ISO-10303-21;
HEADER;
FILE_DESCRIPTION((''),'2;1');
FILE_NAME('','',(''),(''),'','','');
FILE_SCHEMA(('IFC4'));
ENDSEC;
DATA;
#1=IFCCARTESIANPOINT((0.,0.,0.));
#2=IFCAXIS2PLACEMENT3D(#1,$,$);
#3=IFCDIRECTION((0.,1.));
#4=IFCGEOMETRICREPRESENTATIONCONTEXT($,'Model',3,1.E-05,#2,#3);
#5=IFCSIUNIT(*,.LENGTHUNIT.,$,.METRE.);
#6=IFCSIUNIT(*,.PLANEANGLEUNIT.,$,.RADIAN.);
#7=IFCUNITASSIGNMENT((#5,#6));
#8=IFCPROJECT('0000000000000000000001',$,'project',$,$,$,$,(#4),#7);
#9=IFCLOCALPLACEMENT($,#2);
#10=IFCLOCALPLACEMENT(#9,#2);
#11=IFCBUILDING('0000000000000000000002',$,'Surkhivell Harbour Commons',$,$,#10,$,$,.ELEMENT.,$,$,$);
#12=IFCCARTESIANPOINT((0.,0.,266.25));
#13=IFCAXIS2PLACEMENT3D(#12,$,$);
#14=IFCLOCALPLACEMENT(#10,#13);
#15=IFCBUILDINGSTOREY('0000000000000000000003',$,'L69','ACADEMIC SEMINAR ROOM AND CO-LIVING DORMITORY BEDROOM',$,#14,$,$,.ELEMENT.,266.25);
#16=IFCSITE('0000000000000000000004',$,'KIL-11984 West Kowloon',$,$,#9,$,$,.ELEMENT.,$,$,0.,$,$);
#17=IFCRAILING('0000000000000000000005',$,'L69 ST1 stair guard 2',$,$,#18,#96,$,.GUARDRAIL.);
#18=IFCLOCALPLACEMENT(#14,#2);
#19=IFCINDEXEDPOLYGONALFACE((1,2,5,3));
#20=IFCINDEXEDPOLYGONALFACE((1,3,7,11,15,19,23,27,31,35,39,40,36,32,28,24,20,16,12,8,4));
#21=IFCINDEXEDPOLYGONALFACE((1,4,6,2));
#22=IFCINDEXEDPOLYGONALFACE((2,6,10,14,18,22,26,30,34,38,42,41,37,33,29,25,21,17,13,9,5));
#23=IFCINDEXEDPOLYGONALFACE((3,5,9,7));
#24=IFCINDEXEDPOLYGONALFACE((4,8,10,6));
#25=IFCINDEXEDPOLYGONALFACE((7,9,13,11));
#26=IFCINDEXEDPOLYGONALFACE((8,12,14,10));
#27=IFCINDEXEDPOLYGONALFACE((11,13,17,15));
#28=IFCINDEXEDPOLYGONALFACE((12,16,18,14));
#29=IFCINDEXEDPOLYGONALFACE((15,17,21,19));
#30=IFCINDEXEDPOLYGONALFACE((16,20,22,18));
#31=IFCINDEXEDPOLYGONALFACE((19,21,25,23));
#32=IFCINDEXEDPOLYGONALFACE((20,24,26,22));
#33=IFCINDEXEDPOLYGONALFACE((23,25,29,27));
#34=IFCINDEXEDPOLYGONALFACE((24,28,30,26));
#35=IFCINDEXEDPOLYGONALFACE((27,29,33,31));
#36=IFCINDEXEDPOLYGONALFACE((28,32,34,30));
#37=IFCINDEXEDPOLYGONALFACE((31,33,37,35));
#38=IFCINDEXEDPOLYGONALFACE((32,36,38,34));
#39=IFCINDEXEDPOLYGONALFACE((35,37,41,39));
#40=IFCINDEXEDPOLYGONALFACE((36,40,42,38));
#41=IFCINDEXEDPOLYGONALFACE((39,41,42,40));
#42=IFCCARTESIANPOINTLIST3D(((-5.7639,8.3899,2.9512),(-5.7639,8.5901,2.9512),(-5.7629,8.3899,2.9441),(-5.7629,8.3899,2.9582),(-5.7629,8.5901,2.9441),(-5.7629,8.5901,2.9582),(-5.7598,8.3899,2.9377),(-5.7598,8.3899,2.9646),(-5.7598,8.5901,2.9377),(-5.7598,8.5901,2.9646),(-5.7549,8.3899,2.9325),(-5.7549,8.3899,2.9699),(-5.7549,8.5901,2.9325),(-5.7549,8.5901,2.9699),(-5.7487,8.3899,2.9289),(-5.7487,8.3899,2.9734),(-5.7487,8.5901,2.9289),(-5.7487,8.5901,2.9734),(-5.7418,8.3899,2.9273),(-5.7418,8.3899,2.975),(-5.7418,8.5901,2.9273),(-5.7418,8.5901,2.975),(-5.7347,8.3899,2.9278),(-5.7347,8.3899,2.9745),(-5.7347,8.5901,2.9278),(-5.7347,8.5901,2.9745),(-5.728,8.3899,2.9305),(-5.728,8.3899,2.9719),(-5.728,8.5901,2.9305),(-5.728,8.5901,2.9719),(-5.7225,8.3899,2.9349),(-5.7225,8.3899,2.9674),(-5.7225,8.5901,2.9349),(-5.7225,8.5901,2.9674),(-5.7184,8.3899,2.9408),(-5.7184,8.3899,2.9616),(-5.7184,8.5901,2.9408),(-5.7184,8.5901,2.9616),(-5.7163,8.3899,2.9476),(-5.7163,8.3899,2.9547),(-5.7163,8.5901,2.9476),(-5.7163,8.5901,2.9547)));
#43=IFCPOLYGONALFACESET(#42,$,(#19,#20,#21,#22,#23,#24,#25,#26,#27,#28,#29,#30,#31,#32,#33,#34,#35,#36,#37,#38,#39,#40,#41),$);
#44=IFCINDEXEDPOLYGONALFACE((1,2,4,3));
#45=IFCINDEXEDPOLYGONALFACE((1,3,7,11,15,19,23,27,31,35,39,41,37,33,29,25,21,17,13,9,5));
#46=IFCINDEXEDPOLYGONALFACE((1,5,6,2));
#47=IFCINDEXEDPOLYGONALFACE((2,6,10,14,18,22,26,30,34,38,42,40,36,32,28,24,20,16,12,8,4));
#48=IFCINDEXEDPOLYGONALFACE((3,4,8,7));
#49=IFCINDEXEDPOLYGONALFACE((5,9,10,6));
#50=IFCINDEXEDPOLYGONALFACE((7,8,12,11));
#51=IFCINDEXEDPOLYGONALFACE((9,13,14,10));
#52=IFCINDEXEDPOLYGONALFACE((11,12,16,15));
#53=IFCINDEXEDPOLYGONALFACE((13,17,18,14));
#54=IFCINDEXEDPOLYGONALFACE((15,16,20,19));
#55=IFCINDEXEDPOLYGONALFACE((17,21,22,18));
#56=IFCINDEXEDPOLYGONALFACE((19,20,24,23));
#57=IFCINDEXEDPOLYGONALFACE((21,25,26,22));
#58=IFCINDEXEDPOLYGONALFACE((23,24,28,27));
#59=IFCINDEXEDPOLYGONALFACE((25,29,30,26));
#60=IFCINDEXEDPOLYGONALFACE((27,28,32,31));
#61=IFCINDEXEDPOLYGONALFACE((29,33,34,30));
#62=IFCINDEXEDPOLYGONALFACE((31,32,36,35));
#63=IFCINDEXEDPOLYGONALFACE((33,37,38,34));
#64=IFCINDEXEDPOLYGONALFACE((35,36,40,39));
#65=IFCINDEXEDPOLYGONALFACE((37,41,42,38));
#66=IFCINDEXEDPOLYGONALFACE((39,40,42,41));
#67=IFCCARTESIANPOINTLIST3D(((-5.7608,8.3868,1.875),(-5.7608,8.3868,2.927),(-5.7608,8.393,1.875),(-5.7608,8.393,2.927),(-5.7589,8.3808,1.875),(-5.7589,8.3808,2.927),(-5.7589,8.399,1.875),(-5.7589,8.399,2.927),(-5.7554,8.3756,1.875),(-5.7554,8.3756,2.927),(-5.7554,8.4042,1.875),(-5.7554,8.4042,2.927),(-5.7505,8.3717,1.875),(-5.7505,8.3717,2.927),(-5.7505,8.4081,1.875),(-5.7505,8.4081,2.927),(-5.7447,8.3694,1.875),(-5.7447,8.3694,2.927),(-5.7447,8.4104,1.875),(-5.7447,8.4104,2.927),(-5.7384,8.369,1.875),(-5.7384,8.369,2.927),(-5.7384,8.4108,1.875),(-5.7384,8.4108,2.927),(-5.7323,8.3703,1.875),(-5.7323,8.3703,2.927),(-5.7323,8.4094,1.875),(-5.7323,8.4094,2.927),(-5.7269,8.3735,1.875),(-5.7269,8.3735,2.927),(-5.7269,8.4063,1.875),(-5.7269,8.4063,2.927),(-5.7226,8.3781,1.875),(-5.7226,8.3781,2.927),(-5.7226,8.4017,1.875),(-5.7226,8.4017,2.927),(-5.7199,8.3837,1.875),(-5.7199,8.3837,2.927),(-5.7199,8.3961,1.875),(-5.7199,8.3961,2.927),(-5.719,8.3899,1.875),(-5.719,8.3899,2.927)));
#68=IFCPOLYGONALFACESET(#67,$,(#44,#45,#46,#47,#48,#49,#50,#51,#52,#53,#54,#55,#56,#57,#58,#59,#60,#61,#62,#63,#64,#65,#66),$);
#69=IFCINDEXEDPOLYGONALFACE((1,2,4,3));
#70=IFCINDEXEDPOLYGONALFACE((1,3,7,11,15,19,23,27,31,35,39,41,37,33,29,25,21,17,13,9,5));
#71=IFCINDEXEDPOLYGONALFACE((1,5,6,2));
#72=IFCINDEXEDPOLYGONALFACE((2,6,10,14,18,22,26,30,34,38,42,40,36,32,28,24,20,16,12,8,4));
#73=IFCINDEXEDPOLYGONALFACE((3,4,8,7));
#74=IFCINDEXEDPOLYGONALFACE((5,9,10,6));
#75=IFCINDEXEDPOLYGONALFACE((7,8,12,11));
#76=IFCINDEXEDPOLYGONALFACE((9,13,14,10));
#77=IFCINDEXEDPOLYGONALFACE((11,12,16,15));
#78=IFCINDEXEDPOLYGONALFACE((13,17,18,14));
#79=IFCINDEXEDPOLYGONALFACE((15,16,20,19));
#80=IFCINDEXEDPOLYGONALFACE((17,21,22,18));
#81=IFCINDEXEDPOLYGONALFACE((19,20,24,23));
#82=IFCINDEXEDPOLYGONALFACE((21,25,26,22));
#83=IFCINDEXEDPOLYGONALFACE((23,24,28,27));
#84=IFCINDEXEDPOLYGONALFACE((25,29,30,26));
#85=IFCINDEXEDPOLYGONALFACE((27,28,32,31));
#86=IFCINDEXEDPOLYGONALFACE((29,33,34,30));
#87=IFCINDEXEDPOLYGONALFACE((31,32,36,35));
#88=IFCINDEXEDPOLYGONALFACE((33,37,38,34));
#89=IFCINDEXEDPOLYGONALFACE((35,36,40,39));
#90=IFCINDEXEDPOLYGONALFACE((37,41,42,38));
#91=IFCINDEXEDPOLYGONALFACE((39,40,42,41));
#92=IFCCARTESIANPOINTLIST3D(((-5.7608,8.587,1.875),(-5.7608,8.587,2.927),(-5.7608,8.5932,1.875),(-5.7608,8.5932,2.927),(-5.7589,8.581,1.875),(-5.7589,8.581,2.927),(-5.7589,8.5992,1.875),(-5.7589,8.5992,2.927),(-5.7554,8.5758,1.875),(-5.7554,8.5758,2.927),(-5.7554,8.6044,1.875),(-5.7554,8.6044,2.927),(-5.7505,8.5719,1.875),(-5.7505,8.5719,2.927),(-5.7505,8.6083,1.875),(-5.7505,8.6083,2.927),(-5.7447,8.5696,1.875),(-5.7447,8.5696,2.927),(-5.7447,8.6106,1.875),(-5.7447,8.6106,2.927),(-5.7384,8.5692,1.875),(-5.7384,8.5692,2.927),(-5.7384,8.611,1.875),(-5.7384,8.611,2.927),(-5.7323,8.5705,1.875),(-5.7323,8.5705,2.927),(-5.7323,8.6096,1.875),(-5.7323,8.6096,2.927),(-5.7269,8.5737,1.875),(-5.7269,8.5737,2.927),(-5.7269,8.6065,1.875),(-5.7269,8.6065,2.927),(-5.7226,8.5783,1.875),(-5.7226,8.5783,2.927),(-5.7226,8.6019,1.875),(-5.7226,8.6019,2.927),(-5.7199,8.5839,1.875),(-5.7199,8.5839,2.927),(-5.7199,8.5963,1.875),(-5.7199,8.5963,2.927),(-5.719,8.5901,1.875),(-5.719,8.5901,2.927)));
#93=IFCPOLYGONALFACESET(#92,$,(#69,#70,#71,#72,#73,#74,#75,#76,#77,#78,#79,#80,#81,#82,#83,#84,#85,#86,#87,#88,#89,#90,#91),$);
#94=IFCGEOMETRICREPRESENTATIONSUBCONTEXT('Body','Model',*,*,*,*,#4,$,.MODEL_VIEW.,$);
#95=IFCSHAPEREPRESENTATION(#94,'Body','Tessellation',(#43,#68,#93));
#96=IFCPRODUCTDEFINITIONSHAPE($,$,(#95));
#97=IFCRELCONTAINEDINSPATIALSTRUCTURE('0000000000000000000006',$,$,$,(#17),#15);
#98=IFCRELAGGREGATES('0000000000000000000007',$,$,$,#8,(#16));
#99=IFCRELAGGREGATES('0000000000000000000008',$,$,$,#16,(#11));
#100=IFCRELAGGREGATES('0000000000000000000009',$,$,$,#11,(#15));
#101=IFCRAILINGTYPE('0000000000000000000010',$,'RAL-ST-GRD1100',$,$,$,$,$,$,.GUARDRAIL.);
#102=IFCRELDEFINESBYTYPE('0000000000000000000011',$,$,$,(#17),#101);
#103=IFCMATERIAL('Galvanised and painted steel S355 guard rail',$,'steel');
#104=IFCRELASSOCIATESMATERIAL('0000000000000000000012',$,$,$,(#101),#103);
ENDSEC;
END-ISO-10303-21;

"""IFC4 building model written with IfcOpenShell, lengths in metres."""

from ifc_helpers import new_model, si_unit, direction, frame, origin, origin_2d, place, context, subcontext, project, spatial, circle, extrude, material, type_object, element, save


model = new_model("IFC4")

# Units and contexts
model_context = context("Model", 3, precision=1e-05, world=origin(), true_north=direction((0.0, 1.0)))
body_context = subcontext(model_context, "Body", "Model", "MODEL_VIEW")
ifc_project = project(units=[si_unit("LENGTHUNIT", "METRE"), si_unit("PLANEANGLEUNIT", "RADIAN")], contexts=[model_context])

# Site, building, storey
site_placement = place(None, origin())
site = spatial("IfcSite", under=ifc_project, at=site_placement, Name="KIL-11984 West Kowloon", CompositionType="ELEMENT", RefElevation=0.0)
building_placement = place(site_placement, origin())
building = spatial("IfcBuilding", under=site, at=building_placement, Name="Surkhivell Harbour Commons", CompositionType="ELEMENT")
storey_placement = place(building_placement, frame((0.0, 0.0, 266.25)))
storey = spatial("IfcBuildingStorey", under=building, at=storey_placement, Name="L69", Description="ACADEMIC SEMINAR ROOM AND CO-LIVING DORMITORY BEDROOM", CompositionType="ELEMENT", Elevation=266.25)

# Railing
ifc_material_1 = material(Name="Galvanised and painted steel S355 guard rail", Category="steel")
railing_type_1 = type_object("IfcRailingType", Name="RAL-ST-GRD1100", PredefinedType="GUARDRAIL", material=ifc_material_1)
railing_1_placement = place(storey_placement, frame((-5.74, 8.3899, 1.875)))
element("IfcRailing", 1, at=railing_1_placement, inside=storey, type_object=railing_type_1, Name="L69 ST1 stair guard 2", PredefinedType="GUARDRAIL", context=body_context, shape_type="SweptSolid", body=[
    extrude(circle(Radius=0.0239, at=origin_2d()), frame((0.0, 0.0, 1.0762), z_axis=(0.0, 1.0, 0.0), x_axis=(-1.0, 0.0, 0.0)), (0.0, 0.0, 1.0), 0.2002),
    extrude(circle(Radius=0.021, at=origin_2d()), origin(), (0.0, 0.0, 1.0), 1.052),
    extrude(circle(Radius=0.021, at=origin_2d()), frame((0.0, 0.2002, 0.0)), (0.0, 0.0, 1.0), 1.052),
])

save(model, "model.ifc")
